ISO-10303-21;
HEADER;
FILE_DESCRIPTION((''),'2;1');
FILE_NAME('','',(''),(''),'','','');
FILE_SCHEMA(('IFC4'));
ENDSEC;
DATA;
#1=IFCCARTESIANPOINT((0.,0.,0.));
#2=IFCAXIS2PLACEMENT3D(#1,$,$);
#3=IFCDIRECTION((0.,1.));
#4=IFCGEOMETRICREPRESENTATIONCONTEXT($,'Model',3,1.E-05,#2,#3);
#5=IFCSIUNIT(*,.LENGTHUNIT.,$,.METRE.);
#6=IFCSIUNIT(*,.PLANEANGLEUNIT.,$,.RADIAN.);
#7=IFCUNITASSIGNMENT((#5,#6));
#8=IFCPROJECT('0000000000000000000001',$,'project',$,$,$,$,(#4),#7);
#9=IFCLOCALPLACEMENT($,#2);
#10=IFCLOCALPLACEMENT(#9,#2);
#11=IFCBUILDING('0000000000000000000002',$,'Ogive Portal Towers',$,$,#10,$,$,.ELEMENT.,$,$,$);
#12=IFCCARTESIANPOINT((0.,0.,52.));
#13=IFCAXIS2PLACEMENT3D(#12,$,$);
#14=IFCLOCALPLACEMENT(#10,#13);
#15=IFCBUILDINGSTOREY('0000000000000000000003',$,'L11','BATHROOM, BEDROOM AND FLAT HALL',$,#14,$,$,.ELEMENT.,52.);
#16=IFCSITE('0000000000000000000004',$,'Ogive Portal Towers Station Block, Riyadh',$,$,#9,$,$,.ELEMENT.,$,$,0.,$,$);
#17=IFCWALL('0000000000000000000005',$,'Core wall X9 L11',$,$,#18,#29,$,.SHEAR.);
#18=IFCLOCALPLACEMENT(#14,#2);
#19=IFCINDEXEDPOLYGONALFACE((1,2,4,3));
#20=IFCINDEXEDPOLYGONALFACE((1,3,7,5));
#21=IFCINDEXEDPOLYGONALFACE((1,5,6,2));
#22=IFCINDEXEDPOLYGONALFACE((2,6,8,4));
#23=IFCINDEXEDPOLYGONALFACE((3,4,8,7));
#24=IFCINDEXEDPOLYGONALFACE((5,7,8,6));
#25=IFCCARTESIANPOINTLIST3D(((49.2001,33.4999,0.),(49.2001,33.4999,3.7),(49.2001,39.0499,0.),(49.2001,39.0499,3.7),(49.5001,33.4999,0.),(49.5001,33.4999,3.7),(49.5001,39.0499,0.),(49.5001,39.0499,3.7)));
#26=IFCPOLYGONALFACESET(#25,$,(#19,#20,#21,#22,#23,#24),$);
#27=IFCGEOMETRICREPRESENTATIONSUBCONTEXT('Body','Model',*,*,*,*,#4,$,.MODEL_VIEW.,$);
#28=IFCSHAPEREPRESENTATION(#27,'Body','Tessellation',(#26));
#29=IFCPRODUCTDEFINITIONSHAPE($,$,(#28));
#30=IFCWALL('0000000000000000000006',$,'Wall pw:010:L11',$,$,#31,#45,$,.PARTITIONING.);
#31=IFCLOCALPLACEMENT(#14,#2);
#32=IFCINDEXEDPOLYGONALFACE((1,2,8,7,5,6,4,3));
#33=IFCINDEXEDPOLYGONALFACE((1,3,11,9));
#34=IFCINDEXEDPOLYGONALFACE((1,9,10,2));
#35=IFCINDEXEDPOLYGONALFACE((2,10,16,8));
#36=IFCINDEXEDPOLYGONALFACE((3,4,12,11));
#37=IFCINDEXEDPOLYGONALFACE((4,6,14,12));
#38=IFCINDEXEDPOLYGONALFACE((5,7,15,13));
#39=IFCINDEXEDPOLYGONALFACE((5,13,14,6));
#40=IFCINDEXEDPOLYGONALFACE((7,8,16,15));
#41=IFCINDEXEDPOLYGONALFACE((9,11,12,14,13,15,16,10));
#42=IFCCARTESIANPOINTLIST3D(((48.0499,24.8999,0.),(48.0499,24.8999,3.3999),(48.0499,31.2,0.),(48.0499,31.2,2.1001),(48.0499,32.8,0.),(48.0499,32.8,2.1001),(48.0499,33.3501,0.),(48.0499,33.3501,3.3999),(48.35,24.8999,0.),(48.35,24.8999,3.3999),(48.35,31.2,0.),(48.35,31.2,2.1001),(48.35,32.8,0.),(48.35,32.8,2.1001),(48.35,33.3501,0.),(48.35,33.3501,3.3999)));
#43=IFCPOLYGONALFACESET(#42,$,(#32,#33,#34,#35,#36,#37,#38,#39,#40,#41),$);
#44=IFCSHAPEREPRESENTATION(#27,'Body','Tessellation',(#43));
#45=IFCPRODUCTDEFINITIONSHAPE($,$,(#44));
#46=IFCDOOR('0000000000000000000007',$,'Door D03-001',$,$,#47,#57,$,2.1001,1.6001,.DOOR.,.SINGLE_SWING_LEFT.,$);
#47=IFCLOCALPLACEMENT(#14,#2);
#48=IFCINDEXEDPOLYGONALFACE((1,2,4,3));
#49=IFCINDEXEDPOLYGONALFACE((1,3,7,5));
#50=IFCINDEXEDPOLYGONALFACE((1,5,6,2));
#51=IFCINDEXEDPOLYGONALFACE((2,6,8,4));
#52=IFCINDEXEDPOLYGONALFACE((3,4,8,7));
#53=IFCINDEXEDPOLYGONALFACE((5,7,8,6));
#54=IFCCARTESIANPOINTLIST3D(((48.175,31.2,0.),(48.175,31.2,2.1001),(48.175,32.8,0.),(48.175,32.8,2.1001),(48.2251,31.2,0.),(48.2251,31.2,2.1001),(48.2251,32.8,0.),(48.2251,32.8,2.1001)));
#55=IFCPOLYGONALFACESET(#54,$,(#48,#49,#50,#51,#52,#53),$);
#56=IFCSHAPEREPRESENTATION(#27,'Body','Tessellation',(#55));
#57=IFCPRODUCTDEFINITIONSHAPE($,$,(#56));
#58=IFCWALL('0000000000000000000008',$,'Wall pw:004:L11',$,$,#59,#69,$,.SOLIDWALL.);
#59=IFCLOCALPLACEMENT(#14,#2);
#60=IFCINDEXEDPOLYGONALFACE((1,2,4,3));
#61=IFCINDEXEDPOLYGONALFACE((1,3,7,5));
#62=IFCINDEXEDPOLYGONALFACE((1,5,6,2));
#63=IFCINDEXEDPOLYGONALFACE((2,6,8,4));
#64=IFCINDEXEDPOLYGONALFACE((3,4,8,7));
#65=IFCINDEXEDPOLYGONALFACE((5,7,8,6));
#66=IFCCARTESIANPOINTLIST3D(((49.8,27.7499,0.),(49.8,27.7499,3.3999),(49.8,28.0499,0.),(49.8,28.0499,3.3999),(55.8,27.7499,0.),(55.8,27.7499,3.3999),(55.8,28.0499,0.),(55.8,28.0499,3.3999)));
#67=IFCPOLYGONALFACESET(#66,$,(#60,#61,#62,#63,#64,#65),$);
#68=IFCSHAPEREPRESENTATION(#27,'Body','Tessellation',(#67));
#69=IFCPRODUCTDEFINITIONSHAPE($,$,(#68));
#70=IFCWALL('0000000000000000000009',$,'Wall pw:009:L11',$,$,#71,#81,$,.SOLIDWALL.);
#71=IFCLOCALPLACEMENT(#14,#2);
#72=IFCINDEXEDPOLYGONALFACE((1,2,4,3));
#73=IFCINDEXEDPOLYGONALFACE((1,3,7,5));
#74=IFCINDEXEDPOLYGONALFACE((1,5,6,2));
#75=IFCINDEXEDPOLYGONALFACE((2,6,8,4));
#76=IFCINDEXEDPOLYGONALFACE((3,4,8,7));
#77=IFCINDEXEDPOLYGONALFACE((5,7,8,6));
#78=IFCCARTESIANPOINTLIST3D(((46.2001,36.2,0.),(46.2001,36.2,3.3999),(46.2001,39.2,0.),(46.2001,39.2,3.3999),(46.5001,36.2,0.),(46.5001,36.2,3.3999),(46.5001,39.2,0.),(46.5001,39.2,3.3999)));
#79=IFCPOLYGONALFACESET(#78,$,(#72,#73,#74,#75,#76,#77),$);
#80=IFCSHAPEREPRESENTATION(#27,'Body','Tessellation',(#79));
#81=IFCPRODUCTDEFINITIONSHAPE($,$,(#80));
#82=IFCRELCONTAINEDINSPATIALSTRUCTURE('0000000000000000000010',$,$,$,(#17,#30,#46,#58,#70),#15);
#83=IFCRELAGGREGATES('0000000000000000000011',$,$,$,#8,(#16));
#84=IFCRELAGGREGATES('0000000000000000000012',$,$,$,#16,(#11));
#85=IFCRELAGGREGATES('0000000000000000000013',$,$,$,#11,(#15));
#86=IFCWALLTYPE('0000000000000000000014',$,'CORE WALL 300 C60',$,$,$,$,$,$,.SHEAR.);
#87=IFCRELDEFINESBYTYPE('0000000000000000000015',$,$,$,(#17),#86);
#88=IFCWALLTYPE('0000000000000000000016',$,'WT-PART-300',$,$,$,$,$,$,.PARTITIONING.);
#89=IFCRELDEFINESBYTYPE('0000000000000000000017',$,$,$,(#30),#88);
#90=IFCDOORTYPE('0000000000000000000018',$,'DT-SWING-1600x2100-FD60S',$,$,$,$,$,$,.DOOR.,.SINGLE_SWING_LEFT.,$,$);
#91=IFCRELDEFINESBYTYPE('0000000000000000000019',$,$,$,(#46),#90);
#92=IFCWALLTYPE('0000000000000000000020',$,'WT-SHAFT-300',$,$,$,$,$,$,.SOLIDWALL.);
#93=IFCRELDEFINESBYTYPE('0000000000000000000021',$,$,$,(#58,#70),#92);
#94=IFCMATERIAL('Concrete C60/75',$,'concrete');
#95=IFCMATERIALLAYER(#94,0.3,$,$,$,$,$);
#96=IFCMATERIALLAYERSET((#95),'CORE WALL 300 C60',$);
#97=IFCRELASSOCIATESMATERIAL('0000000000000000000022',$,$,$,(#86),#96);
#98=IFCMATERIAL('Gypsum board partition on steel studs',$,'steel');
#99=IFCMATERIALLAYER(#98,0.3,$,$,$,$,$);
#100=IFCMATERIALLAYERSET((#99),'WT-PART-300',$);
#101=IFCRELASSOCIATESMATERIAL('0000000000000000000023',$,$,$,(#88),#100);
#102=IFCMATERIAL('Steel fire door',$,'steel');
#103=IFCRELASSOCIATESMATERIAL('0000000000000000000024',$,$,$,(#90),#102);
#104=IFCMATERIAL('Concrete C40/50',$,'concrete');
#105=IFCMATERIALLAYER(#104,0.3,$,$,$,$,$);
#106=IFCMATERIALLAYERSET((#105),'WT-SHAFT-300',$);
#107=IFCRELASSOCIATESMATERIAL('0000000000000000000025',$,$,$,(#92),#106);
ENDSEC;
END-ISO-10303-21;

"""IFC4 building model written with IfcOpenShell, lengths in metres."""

from ifc_helpers import new_model, si_unit, direction, frame, frame_2d, origin, place, context, subcontext, project, spatial, rectangle, extrude, material, layer, layer_set, type_object, element, fill, save


model = new_model("IFC4")

# Units and contexts
model_context = context("Model", 3, precision=1e-05, world=origin(), true_north=direction((0.0, 1.0)))
body_context = subcontext(model_context, "Body", "Model", "MODEL_VIEW")
ifc_project = project(units=[si_unit("LENGTHUNIT", "METRE"), si_unit("PLANEANGLEUNIT", "RADIAN")], contexts=[model_context])

# Site, building, storey
site_placement = place(None, origin())
site = spatial("IfcSite", under=ifc_project, at=site_placement, Name="Ogive Portal Towers Station Block, Riyadh", CompositionType="ELEMENT", RefElevation=0.0)
building_placement = place(site_placement, origin())
building = spatial("IfcBuilding", under=site, at=building_placement, Name="Ogive Portal Towers", CompositionType="ELEMENT")
storey_placement = place(building_placement, frame((0.0, 0.0, 52.0)))
storey = spatial("IfcBuildingStorey", under=building, at=storey_placement, Name="L11", Description="BATHROOM, BEDROOM AND FLAT HALL", CompositionType="ELEMENT", Elevation=52.0)

# Wall
ifc_material_1 = material(Name="Concrete C60/75", Category="concrete")
ifc_layer_1 = layer(ifc_material_1, 0.3)
ifc_layer_set_1 = layer_set([ifc_layer_1], Name="CORE WALL 300 C60")
wall_type_1 = type_object("IfcWallType", Name="CORE WALL 300 C60", PredefinedType="SHEAR", material=ifc_layer_set_1)
wall_1_placement = place(storey_placement, frame((49.3501, 33.5, 0.0), z_axis=(0.0, 0.0, 1.0), x_axis=(0.0, 1.0, 0.0)))
element("IfcWall", 1, at=wall_1_placement, inside=storey, type_object=wall_type_1, Name="Core wall X9 L11", PredefinedType="SHEAR", context=body_context, shape_type="SweptSolid", body=[
    extrude(rectangle(XDim=5.55, YDim=0.3, at=frame_2d((2.7749, 0.0))), origin(), (0.0, 0.0, 1.0), 3.7),
])

# Wall, opening, door
ifc_material_2 = material(Name="Gypsum board partition on steel studs", Category="steel")
ifc_layer_2 = layer(ifc_material_2, 0.3)
ifc_layer_set_2 = layer_set([ifc_layer_2], Name="WT-PART-300")
wall_type_2 = type_object("IfcWallType", Name="WT-PART-300", PredefinedType="PARTITIONING", material=ifc_layer_set_2)
wall_2_placement = place(storey_placement, frame((48.2, 24.8999, 0.0), z_axis=(0.0, 0.0, 1.0), x_axis=(0.0, 1.0, 0.0)))
wall_2 = element("IfcWall", 2, at=wall_2_placement, inside=storey, type_object=wall_type_2, Name="Wall pw:010:L11", PredefinedType="PARTITIONING", context=body_context, shape_type="SweptSolid", body=[
    extrude(rectangle(XDim=8.4502, YDim=0.3, at=frame_2d((4.2251, 0.0))), origin(), (0.0, 0.0, 1.0), 3.3999),
])
opening_1_placement = place(wall_2_placement, frame((6.3, 0.0, 0.0)))
opening_1 = element("IfcOpeningElement", 3, at=opening_1_placement, cuts=wall_2, PredefinedType="OPENING", context=body_context, shape_type="SweptSolid", body=[
    extrude(rectangle(XDim=1.6001, YDim=2.1001, at=frame_2d((0.8, 1.05))), frame((0.0, 0.1602, 0.0), z_axis=(0.0, -1.0, 0.0), x_axis=(1.0, 0.0, 0.0)), (0.0, 0.0, 1.0), 0.3201),
])
ifc_material_3 = material(Name="Steel fire door", Category="steel")
door_type_1 = type_object("IfcDoorType", Name="DT-SWING-1600x2100-FD60S", OperationType="SINGLE_SWING_LEFT", PredefinedType="DOOR", material=ifc_material_3)
door_1_placement = place(opening_1_placement, origin())
door_1 = element("IfcDoor", 4, at=door_1_placement, inside=storey, type_object=door_type_1, Name="Door D03-001", OperationType="SINGLE_SWING_LEFT", OverallHeight=2.1001, OverallWidth=1.6001, PredefinedType="DOOR", context=body_context, shape_type="SweptSolid", body=[
    extrude(rectangle(XDim=1.6001, YDim=2.1001, at=frame_2d((0.8, 1.05))), frame((0.0, 0.0249, 0.0), z_axis=(0.0, -1.0, 0.0), x_axis=(1.0, 0.0, 0.0)), (0.0, 0.0, 1.0), 0.05),
])
fill(opening_1, door_1)

# Walls
ifc_material_4 = material(Name="Concrete C40/50", Category="concrete")
ifc_layer_3 = layer(ifc_material_4, 0.3)
ifc_layer_set_3 = layer_set([ifc_layer_3], Name="WT-SHAFT-300")
wall_type_3 = type_object("IfcWallType", Name="WT-SHAFT-300", PredefinedType="SOLIDWALL", material=ifc_layer_set_3)
wall_3_placement = place(storey_placement, frame((49.8, 27.8999, 0.0), z_axis=(0.0, 0.0, 1.0), x_axis=(1.0, 0.0, 0.0)))
element("IfcWall", 5, at=wall_3_placement, inside=storey, type_object=wall_type_3, Name="Wall pw:004:L11", PredefinedType="SOLIDWALL", context=body_context, shape_type="SweptSolid", body=[
    extrude(rectangle(XDim=6.0, YDim=0.3, at=frame_2d((3.0, 0.0))), origin(), (0.0, 0.0, 1.0), 3.3999),
])
wall_4_placement = place(storey_placement, frame((46.3501, 36.2, 0.0), z_axis=(0.0, 0.0, 1.0), x_axis=(0.0, 1.0, 0.0)))
element("IfcWall", 6, at=wall_4_placement, inside=storey, type_object=wall_type_3, Name="Wall pw:009:L11", PredefinedType="SOLIDWALL", context=body_context, shape_type="SweptSolid", body=[
    extrude(rectangle(XDim=3.0, YDim=0.3, at=frame_2d((1.5, 0.0))), origin(), (0.0, 0.0, 1.0), 3.3999),
])

save(model, "model.ifc")
